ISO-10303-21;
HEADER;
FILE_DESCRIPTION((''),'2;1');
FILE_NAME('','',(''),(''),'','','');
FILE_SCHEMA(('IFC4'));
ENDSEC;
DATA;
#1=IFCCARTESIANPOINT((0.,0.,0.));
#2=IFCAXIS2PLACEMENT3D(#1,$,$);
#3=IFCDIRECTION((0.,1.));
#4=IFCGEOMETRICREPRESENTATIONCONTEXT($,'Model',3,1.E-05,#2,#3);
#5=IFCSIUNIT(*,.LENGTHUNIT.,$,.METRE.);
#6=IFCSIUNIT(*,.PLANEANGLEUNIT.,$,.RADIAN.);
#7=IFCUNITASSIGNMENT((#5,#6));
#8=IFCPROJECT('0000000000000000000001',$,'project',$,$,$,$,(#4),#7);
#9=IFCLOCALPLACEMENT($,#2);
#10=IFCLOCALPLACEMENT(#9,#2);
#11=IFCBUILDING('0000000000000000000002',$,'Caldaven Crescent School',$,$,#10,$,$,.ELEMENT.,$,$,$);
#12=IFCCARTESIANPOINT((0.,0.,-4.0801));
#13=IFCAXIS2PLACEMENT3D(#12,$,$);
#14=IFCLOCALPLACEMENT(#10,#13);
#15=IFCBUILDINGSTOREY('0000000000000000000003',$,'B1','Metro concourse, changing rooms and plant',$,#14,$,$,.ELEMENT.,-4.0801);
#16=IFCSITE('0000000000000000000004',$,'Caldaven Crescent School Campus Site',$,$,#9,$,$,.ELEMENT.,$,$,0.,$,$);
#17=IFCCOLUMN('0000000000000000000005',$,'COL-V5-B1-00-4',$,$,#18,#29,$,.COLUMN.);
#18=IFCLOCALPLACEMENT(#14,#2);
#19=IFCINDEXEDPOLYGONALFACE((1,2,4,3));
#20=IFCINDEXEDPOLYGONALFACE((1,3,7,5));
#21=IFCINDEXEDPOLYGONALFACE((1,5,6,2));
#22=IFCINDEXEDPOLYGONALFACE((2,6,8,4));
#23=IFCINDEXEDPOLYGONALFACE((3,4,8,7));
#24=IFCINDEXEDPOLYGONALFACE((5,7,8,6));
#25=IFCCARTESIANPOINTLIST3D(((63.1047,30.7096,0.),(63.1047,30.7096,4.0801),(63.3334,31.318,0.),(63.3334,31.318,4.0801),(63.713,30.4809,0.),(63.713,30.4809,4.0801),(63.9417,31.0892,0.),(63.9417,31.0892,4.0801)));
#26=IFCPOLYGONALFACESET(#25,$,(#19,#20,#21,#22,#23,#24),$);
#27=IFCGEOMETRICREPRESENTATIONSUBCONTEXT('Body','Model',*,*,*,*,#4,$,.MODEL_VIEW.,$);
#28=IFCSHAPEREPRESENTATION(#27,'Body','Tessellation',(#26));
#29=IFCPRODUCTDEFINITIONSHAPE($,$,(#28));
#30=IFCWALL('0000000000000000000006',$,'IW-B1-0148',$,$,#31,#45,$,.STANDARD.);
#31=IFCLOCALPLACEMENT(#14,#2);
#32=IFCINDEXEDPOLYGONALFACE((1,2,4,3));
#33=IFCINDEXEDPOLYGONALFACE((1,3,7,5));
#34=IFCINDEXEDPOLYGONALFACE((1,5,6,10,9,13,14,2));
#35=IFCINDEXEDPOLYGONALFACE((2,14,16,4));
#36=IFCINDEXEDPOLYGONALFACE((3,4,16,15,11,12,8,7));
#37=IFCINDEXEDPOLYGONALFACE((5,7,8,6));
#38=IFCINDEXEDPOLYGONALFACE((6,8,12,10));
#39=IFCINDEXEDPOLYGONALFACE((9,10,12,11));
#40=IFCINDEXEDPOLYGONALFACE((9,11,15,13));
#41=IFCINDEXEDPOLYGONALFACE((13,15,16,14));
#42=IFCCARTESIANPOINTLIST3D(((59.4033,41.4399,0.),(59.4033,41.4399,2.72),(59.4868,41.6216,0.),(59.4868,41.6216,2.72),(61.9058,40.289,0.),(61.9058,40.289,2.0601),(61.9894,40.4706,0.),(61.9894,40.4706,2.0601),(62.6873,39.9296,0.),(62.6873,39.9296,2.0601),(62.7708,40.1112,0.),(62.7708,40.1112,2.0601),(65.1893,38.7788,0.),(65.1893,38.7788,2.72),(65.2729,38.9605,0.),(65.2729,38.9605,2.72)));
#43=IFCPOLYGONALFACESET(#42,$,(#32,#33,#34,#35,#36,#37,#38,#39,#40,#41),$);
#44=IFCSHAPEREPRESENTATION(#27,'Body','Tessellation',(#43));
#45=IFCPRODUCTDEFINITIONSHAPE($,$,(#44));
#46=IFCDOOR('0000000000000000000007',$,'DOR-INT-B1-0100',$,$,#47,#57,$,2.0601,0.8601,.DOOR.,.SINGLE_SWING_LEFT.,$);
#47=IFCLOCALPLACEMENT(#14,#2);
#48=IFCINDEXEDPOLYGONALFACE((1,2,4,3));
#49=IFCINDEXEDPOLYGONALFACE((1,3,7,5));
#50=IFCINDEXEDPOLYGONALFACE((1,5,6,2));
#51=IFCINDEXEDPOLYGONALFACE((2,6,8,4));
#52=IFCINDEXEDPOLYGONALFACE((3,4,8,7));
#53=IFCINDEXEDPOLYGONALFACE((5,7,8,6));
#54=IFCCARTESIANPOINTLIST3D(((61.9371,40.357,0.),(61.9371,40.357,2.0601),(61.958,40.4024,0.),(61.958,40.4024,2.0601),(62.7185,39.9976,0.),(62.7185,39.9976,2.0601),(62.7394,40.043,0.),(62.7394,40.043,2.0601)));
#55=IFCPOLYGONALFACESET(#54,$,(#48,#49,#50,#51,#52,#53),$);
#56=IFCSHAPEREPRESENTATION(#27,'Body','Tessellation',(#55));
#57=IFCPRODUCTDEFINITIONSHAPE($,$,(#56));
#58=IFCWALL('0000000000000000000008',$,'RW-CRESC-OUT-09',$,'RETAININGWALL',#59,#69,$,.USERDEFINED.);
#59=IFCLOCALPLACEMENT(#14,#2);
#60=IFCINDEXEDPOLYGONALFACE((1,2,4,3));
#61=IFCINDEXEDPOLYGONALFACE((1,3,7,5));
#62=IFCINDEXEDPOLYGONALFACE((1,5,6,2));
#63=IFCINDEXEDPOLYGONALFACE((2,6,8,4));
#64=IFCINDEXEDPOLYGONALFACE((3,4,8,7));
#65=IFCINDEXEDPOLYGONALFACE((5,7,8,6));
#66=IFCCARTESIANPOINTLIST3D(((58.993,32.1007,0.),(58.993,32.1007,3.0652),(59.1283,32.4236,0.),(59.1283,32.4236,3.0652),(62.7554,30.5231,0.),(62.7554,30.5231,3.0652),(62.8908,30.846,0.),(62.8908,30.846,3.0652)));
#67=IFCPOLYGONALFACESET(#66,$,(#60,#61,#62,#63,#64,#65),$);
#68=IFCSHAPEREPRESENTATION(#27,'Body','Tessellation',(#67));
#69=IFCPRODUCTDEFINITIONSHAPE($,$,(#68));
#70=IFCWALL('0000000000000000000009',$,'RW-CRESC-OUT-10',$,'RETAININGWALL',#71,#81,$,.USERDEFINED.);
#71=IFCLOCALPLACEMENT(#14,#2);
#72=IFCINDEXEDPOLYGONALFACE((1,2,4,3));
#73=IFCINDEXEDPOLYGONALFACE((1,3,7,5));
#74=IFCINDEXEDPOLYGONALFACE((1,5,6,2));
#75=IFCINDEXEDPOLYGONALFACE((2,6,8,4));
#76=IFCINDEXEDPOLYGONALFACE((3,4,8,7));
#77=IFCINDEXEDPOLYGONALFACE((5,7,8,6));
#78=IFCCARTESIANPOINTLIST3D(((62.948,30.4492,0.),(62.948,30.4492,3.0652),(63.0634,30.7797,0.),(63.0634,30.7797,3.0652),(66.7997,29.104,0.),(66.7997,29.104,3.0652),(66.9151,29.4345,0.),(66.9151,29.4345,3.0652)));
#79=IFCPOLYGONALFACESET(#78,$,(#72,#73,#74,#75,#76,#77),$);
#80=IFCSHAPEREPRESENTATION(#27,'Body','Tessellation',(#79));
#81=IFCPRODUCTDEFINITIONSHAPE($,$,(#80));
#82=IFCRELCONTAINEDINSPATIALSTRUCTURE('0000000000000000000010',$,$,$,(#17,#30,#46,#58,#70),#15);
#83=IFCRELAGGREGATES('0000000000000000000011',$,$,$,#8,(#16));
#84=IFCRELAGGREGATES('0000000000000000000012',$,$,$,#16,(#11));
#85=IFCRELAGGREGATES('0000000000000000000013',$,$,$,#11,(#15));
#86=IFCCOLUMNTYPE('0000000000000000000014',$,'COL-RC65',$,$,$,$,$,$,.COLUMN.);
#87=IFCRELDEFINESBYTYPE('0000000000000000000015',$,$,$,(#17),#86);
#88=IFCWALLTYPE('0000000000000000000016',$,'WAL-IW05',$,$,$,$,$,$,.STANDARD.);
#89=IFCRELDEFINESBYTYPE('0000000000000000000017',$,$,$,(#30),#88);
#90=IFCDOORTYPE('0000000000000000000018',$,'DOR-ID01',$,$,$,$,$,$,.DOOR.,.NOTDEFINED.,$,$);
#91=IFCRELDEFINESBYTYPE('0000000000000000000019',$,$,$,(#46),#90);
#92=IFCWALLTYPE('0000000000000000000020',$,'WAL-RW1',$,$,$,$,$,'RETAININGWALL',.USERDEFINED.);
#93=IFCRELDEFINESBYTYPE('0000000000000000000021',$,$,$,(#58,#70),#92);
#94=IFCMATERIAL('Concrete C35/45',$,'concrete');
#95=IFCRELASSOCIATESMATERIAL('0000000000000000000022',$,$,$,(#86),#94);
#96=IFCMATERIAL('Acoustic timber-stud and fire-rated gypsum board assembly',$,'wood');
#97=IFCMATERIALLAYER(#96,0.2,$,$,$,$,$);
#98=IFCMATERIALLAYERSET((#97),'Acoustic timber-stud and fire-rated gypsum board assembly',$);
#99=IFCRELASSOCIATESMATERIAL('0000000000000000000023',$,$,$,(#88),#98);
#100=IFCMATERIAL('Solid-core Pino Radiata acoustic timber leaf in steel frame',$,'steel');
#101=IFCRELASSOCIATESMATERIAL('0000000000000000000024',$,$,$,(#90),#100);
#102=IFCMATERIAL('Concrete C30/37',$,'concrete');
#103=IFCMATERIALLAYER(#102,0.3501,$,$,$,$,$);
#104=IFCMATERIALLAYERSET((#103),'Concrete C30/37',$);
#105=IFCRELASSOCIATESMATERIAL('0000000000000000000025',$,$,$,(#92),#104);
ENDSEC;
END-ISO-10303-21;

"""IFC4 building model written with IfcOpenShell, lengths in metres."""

from ifc_helpers import new_model, si_unit, direction, frame, frame_2d, origin, origin_2d, place, context, subcontext, project, spatial, rectangle, extrude, material, layer, layer_set, material_profile, profile_set, type_object, element, fill, save


model = new_model("IFC4")

# Units and contexts
model_context = context("Model", 3, precision=1e-05, world=origin(), true_north=direction((0.0, 1.0)))
body_context = subcontext(model_context, "Body", "Model", "MODEL_VIEW")
ifc_project = project(units=[si_unit("LENGTHUNIT", "METRE"), si_unit("PLANEANGLEUNIT", "RADIAN")], contexts=[model_context])

# Site, building, storey
site_placement = place(None, origin())
site = spatial("IfcSite", under=ifc_project, at=site_placement, Name="Caldaven Crescent School Campus Site", CompositionType="ELEMENT", RefElevation=0.0)
building_placement = place(site_placement, origin())
building = spatial("IfcBuilding", under=site, at=building_placement, Name="Caldaven Crescent School", CompositionType="ELEMENT")
storey_placement = place(building_placement, frame((0.0, 0.0, -4.0801)))
storey = spatial("IfcBuildingStorey", under=building, at=storey_placement, Name="B1", Description="Metro concourse, changing rooms and plant", CompositionType="ELEMENT", Elevation=-4.0801)

# Shared definitions
ifc_material_1 = material(Name="Concrete C30/37", Category="concrete")
ifc_material_2 = material(Name="Concrete C35/45", Category="concrete")

# Column
ifc_material_profile_1 = material_profile(ifc_material_2, rectangle(XDim=0.6499, YDim=0.6499, at=origin_2d()), Name="RC 650x650")
ifc_profile_set_1 = profile_set([ifc_material_profile_1], Name="Concrete C35/45")
column_type_1 = type_object("IfcColumnType", Name="COL-RC65", PredefinedType="COLUMN", material=ifc_profile_set_1)
column_placement = place(storey_placement, frame((63.5232, 30.8994, 0.0), z_axis=(0.0, 0.0, 1.0), x_axis=(-0.352005, -0.935998, 0.0)))
element("IfcColumn", 1, at=column_placement, inside=storey, type_object=column_type_1, Name="COL-V5-B1-00-4", PredefinedType="COLUMN", context=body_context, shape_type="SweptSolid", body=[
    extrude(rectangle(XDim=0.6499, YDim=0.6499, at=origin_2d()), origin(), (0.0, 0.0, 1.0), 4.0801),
])

# Wall, opening, door
ifc_material_3 = material(Name="Acoustic timber-stud and fire-rated gypsum board assembly", Category="wood")
ifc_layer_1 = layer(ifc_material_3, 0.2)
ifc_layer_set_1 = layer_set([ifc_layer_1], Name="Acoustic timber-stud and fire-rated gypsum board assembly")
wall_type_1 = type_object("IfcWallType", Name="WAL-IW05", PredefinedType="STANDARD", material=ifc_layer_set_1)
wall_placement = place(storey_placement, frame((59.4451, 41.5308, 0.0), z_axis=(0.0, 0.0, 1.0), x_axis=(0.90852, -0.417842, 0.0)))
wall = element("IfcWall", 2, at=wall_placement, inside=storey, type_object=wall_type_1, Name="IW-B1-0148", PredefinedType="STANDARD", context=body_context, shape_type="SweptSolid", body=[
    extrude(rectangle(XDim=6.3687, YDim=0.2, at=frame_2d((3.1843, 0.0))), origin(), (0.0, 0.0, 1.0), 2.72),
])
opening_placement = place(wall_placement, frame((2.7544, 0.0, 0.0)))
opening = element("IfcOpeningElement", 3, at=opening_placement, cuts=wall, PredefinedType="OPENING", context=body_context, shape_type="SweptSolid", body=[
    extrude(rectangle(XDim=0.8601, YDim=2.0601, at=frame_2d((0.4302, 1.03))), frame((0.0, 0.1099, 0.0), z_axis=(0.0, -1.0, 0.0), x_axis=(1.0, 0.0, 0.0)), (0.0, 0.0, 1.0), 0.22),
])
ifc_material_4 = material(Name="Solid-core Pino Radiata acoustic timber leaf in steel frame", Category="steel")
door_type = type_object("IfcDoorType", Name="DOR-ID01", OperationType="NOTDEFINED", PredefinedType="DOOR", material=ifc_material_4)
door_placement = place(opening_placement, origin())
door = element("IfcDoor", 4, at=door_placement, inside=storey, type_object=door_type, Name="DOR-INT-B1-0100", OperationType="SINGLE_SWING_LEFT", OverallHeight=2.0601, OverallWidth=0.8601, PredefinedType="DOOR", context=body_context, shape_type="SweptSolid", body=[
    extrude(rectangle(XDim=0.8601, YDim=2.0601, at=frame_2d((0.4302, 1.03))), frame((0.0, 0.0249, 0.0), z_axis=(0.0, -1.0, 0.0), x_axis=(1.0, 0.0, 0.0)), (0.0, 0.0, 1.0), 0.05),
])
fill(opening, door)

# Walls
ifc_layer_2 = layer(ifc_material_1, 0.3501)
ifc_layer_set_2 = layer_set([ifc_layer_2], Name="Concrete C30/37")
wall_type_2 = type_object("IfcWallType", Name="WAL-RW1", ElementType="RETAININGWALL", PredefinedType="USERDEFINED", material=ifc_layer_set_2)
for number, where, z_axis, x_axis, name in (
    (5, (59.0605, 32.2622, 0.0), (0.0, 0.0, 1.0), (0.922209, -0.386692, 0.0), "RW-CRESC-OUT-09"),
    (6, (63.0056, 30.6145, 0.0), (0.0, 0.0, 1.0), (0.944081, -0.329713, 0.0), "RW-CRESC-OUT-10"),
):
    element("IfcWall", number, at=place(storey_placement, frame(where, z_axis=z_axis, x_axis=x_axis)), inside=storey, type_object=wall_type_2, Name=name, ObjectType="RETAININGWALL", PredefinedType="USERDEFINED", context=body_context, shape_type="SweptSolid", body=[
        extrude(rectangle(XDim=4.0798, YDim=0.3501, at=frame_2d((2.04, 0.0))), origin(), (0.0, 0.0, 1.0), 3.0652),
    ])

save(model, "model.ifc")
